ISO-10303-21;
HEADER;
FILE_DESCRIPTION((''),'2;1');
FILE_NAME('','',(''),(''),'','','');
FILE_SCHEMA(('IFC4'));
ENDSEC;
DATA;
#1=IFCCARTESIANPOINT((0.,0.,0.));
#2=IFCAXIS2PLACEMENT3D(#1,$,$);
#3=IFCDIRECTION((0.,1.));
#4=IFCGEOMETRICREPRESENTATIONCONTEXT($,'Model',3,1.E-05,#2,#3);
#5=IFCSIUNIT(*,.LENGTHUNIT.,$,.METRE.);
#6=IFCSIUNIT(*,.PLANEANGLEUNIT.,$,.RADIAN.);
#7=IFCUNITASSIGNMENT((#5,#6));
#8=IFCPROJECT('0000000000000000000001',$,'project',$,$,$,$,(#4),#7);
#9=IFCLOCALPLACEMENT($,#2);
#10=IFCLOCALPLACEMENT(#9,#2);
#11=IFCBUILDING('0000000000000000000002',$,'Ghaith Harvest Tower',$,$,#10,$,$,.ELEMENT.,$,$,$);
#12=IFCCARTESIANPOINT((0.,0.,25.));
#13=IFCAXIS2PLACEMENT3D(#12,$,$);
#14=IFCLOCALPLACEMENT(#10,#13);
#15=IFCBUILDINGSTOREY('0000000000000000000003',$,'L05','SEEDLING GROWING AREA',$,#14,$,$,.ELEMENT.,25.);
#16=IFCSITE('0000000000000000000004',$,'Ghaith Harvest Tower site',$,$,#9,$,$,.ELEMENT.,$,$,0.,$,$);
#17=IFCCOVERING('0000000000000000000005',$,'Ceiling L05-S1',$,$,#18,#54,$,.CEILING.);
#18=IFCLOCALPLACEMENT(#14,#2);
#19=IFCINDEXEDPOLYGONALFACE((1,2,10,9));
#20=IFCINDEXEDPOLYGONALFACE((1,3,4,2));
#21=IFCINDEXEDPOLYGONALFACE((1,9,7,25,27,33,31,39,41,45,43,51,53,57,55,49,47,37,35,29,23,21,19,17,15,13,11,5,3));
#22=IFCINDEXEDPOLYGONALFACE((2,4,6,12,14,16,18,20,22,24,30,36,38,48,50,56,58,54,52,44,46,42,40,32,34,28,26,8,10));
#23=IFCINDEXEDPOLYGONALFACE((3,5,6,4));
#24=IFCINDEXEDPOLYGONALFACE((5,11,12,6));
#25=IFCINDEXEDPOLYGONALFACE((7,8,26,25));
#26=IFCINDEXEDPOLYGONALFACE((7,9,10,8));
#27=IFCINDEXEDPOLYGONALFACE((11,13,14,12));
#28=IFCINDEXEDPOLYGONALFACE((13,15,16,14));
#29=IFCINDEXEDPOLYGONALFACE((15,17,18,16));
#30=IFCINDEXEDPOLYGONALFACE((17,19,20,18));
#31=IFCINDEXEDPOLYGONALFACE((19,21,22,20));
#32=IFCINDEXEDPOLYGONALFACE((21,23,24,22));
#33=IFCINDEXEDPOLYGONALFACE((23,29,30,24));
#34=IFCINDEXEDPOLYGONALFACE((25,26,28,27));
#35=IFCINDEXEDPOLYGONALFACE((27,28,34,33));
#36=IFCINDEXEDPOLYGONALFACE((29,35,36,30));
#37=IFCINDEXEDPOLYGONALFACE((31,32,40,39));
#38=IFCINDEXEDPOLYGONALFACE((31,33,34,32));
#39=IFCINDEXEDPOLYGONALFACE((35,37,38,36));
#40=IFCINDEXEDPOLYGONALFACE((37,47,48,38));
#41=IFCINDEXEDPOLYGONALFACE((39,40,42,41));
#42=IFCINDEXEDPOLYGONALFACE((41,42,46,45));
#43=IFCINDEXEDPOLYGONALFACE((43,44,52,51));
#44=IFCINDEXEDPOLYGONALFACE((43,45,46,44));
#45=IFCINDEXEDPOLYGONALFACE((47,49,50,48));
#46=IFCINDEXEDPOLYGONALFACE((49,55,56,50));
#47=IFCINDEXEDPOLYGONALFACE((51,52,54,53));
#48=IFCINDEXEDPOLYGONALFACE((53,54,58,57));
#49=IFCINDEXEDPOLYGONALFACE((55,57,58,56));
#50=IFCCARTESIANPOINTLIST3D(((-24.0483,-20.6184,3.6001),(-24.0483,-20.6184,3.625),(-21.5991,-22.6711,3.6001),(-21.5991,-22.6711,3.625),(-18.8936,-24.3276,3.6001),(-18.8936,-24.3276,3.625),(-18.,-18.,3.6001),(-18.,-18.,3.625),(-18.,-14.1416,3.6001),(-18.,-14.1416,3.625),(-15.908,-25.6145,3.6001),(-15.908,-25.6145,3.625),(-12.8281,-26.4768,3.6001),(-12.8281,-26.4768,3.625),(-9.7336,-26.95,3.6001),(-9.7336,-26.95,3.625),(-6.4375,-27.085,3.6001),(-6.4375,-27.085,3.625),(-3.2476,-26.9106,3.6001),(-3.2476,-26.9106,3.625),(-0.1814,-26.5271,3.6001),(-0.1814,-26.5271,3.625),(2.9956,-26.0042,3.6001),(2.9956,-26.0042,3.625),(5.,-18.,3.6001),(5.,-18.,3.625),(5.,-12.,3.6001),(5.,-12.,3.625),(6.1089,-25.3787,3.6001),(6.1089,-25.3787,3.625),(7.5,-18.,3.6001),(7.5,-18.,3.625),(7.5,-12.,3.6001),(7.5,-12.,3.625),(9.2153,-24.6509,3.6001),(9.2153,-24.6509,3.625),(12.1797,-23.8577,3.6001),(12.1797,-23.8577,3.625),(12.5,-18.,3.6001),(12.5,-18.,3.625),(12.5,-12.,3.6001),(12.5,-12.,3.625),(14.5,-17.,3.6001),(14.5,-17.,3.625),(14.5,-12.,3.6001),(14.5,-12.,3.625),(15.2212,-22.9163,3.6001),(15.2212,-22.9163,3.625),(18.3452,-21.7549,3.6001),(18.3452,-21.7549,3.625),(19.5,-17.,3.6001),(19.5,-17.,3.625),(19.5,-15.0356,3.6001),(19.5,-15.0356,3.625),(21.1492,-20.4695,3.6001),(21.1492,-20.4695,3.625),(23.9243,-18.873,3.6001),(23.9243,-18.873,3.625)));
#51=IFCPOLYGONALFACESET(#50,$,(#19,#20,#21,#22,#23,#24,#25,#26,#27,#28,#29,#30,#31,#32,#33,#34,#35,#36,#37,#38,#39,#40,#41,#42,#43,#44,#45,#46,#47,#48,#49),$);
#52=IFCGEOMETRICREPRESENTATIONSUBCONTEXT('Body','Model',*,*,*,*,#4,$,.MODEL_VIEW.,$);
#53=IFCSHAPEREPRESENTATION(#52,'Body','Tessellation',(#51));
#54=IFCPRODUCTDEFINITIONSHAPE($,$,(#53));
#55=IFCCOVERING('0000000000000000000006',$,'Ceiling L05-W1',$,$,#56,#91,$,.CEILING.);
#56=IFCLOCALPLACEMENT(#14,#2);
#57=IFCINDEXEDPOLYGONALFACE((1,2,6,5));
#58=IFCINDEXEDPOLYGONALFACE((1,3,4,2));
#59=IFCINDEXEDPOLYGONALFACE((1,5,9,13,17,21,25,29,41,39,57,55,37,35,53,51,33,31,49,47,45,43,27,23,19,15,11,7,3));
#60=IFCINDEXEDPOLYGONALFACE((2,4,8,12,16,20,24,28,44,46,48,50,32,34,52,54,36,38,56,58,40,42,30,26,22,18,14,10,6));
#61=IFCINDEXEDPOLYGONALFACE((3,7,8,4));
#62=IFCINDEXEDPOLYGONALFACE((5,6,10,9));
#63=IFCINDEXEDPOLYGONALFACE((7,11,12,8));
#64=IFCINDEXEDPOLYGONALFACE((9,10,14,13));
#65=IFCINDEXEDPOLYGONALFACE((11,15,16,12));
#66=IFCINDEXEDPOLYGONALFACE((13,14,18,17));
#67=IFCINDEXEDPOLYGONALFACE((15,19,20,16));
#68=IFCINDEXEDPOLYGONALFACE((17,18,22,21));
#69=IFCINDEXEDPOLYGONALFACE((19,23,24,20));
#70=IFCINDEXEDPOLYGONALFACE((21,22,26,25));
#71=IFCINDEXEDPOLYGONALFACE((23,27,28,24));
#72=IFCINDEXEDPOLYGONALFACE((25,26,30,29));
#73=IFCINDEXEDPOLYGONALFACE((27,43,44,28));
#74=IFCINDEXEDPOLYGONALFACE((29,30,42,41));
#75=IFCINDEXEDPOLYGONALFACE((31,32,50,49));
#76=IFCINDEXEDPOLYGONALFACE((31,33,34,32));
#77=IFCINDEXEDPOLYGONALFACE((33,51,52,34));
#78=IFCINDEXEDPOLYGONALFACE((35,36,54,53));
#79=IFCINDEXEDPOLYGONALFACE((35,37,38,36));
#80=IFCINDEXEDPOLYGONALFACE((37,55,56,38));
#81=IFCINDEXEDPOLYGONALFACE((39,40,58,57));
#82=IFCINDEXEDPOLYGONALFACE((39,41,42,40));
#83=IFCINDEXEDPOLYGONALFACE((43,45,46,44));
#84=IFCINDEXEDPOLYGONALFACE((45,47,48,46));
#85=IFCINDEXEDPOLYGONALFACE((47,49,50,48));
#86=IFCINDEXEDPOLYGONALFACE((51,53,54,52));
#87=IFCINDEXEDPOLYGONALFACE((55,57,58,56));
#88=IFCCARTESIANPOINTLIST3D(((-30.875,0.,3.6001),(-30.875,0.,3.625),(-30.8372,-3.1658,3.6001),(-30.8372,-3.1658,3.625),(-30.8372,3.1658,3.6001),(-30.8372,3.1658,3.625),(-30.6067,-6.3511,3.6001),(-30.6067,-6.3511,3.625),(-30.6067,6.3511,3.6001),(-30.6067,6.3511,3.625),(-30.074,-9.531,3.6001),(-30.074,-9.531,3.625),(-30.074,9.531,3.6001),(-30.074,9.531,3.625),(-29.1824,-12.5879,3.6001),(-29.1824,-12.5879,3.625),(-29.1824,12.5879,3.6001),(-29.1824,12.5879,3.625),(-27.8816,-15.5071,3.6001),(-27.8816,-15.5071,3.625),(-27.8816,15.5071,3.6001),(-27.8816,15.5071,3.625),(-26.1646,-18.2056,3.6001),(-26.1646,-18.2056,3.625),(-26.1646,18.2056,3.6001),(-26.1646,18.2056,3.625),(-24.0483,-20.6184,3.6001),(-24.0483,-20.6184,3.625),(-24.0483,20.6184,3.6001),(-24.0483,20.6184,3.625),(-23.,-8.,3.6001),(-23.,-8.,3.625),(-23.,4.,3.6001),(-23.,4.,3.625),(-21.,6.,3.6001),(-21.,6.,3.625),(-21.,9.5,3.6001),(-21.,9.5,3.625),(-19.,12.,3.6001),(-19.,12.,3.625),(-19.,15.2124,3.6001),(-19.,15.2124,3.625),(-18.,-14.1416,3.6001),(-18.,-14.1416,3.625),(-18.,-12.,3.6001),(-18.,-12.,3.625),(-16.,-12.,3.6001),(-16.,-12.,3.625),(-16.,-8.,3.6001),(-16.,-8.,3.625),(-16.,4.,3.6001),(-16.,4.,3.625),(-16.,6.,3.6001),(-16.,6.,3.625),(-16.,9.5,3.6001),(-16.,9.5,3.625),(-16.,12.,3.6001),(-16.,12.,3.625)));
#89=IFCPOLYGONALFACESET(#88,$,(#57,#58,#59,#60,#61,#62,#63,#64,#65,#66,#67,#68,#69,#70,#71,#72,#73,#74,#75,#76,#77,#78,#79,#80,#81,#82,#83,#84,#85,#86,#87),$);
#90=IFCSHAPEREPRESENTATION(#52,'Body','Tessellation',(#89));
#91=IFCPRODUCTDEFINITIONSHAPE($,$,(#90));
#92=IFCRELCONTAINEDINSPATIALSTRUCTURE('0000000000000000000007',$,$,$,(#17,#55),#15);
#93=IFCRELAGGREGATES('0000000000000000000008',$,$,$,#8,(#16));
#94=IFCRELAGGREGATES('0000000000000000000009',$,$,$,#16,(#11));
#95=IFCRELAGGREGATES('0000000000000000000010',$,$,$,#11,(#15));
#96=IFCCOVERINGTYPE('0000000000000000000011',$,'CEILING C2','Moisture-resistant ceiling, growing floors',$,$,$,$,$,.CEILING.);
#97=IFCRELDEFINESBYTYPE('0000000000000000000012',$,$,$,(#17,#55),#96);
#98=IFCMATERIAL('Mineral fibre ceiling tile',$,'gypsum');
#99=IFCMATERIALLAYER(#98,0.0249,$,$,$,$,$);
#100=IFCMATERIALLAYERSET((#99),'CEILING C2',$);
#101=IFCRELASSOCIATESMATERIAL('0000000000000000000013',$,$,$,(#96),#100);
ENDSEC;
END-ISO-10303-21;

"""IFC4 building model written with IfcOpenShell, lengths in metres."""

from ifc_helpers import new_model, si_unit, direction, frame, origin, place, context, subcontext, project, spatial, polyline, outline, extrude, material, layer, layer_set, type_object, element, save


model = new_model("IFC4")

# Units and contexts
model_context = context("Model", 3, precision=1e-05, world=origin(), true_north=direction((0.0, 1.0)))
body_context = subcontext(model_context, "Body", "Model", "MODEL_VIEW")
ifc_project = project(units=[si_unit("LENGTHUNIT", "METRE"), si_unit("PLANEANGLEUNIT", "RADIAN")], contexts=[model_context])

# Site, building, storey
site_placement = place(None, origin())
site = spatial("IfcSite", under=ifc_project, at=site_placement, Name="Ghaith Harvest Tower site", CompositionType="ELEMENT", RefElevation=0.0)
building_placement = place(site_placement, origin())
building = spatial("IfcBuilding", under=site, at=building_placement, Name="Ghaith Harvest Tower", CompositionType="ELEMENT")
storey_placement = place(building_placement, frame((0.0, 0.0, 25.0)))
storey = spatial("IfcBuildingStorey", under=building, at=storey_placement, Name="L05", Description="SEEDLING GROWING AREA", CompositionType="ELEMENT", Elevation=25.0)

# Coverings
ifc_material_1 = material(Name="Mineral fibre ceiling tile", Category="gypsum")
ifc_layer_1 = layer(ifc_material_1, 0.0249)
ifc_layer_set_1 = layer_set([ifc_layer_1], Name="CEILING C2")
covering_type = type_object("IfcCoveringType", Name="CEILING C2", Description="Moisture-resistant ceiling, growing floors", PredefinedType="CEILING", material=ifc_layer_set_1)
covering_1_placement = place(storey_placement, frame((0.0, 0.0, 3.6001)))
element("IfcCovering", 1, at=covering_1_placement, inside=storey, type_object=covering_type, Name="Ceiling L05-S1", PredefinedType="CEILING", context=body_context, shape_type="SweptSolid", body=[
    extrude(outline(polyline([(-18.8936, -24.3276), (-21.5991, -22.6711), (-24.0483, -20.6184), (-18.0, -14.1416), (-18.0, -18.0), (5.0, -18.0), (5.0, -12.0), (7.5, -12.0), (7.5, -18.0), (12.5, -18.0), (12.5, -12.0), (14.5, -12.0), (14.5, -17.0), (19.5, -17.0), (19.5, -15.0356), (23.9243, -18.873), (21.1492, -20.4695), (18.3452, -21.7549), (15.2212, -22.9163), (12.1797, -23.8577), (9.2153, -24.6509), (6.1089, -25.3787), (2.9956, -26.0042), (-0.1814, -26.5271), (-3.2476, -26.9106), (-6.4375, -27.085), (-9.7336, -26.95), (-12.8281, -26.4768), (-15.908, -25.6145), (-18.8936, -24.3276)])), origin(), (0.0, 0.0, 1.0), 0.0249),
])
covering_2_placement = place(storey_placement, frame((0.0, 0.0, 3.6001)))
element("IfcCovering", 2, at=covering_2_placement, inside=storey, type_object=covering_type, Name="Ceiling L05-W1", PredefinedType="CEILING", context=body_context, shape_type="SweptSolid", body=[
    extrude(outline(polyline([(-26.1646, -18.2056), (-27.8816, -15.5071), (-29.1824, -12.5879), (-30.074, -9.531), (-30.6067, -6.3511), (-30.8372, -3.1658), (-30.875, 0.0), (-30.8372, 3.1658), (-30.6067, 6.3511), (-30.074, 9.531), (-29.1824, 12.5879), (-27.8816, 15.5071), (-26.1646, 18.2056), (-24.0483, 20.6184), (-19.0, 15.2124), (-19.0, 12.0), (-16.0, 12.0), (-16.0, 9.5), (-21.0, 9.5), (-21.0, 6.0), (-16.0, 6.0), (-16.0, 4.0), (-23.0, 4.0), (-23.0, -8.0), (-16.0, -8.0), (-16.0, -12.0), (-18.0, -12.0), (-18.0, -14.1416), (-24.0483, -20.6184), (-26.1646, -18.2056)])), origin(), (0.0, 0.0, 1.0), 0.0249),
])

save(model, "model.ifc")
